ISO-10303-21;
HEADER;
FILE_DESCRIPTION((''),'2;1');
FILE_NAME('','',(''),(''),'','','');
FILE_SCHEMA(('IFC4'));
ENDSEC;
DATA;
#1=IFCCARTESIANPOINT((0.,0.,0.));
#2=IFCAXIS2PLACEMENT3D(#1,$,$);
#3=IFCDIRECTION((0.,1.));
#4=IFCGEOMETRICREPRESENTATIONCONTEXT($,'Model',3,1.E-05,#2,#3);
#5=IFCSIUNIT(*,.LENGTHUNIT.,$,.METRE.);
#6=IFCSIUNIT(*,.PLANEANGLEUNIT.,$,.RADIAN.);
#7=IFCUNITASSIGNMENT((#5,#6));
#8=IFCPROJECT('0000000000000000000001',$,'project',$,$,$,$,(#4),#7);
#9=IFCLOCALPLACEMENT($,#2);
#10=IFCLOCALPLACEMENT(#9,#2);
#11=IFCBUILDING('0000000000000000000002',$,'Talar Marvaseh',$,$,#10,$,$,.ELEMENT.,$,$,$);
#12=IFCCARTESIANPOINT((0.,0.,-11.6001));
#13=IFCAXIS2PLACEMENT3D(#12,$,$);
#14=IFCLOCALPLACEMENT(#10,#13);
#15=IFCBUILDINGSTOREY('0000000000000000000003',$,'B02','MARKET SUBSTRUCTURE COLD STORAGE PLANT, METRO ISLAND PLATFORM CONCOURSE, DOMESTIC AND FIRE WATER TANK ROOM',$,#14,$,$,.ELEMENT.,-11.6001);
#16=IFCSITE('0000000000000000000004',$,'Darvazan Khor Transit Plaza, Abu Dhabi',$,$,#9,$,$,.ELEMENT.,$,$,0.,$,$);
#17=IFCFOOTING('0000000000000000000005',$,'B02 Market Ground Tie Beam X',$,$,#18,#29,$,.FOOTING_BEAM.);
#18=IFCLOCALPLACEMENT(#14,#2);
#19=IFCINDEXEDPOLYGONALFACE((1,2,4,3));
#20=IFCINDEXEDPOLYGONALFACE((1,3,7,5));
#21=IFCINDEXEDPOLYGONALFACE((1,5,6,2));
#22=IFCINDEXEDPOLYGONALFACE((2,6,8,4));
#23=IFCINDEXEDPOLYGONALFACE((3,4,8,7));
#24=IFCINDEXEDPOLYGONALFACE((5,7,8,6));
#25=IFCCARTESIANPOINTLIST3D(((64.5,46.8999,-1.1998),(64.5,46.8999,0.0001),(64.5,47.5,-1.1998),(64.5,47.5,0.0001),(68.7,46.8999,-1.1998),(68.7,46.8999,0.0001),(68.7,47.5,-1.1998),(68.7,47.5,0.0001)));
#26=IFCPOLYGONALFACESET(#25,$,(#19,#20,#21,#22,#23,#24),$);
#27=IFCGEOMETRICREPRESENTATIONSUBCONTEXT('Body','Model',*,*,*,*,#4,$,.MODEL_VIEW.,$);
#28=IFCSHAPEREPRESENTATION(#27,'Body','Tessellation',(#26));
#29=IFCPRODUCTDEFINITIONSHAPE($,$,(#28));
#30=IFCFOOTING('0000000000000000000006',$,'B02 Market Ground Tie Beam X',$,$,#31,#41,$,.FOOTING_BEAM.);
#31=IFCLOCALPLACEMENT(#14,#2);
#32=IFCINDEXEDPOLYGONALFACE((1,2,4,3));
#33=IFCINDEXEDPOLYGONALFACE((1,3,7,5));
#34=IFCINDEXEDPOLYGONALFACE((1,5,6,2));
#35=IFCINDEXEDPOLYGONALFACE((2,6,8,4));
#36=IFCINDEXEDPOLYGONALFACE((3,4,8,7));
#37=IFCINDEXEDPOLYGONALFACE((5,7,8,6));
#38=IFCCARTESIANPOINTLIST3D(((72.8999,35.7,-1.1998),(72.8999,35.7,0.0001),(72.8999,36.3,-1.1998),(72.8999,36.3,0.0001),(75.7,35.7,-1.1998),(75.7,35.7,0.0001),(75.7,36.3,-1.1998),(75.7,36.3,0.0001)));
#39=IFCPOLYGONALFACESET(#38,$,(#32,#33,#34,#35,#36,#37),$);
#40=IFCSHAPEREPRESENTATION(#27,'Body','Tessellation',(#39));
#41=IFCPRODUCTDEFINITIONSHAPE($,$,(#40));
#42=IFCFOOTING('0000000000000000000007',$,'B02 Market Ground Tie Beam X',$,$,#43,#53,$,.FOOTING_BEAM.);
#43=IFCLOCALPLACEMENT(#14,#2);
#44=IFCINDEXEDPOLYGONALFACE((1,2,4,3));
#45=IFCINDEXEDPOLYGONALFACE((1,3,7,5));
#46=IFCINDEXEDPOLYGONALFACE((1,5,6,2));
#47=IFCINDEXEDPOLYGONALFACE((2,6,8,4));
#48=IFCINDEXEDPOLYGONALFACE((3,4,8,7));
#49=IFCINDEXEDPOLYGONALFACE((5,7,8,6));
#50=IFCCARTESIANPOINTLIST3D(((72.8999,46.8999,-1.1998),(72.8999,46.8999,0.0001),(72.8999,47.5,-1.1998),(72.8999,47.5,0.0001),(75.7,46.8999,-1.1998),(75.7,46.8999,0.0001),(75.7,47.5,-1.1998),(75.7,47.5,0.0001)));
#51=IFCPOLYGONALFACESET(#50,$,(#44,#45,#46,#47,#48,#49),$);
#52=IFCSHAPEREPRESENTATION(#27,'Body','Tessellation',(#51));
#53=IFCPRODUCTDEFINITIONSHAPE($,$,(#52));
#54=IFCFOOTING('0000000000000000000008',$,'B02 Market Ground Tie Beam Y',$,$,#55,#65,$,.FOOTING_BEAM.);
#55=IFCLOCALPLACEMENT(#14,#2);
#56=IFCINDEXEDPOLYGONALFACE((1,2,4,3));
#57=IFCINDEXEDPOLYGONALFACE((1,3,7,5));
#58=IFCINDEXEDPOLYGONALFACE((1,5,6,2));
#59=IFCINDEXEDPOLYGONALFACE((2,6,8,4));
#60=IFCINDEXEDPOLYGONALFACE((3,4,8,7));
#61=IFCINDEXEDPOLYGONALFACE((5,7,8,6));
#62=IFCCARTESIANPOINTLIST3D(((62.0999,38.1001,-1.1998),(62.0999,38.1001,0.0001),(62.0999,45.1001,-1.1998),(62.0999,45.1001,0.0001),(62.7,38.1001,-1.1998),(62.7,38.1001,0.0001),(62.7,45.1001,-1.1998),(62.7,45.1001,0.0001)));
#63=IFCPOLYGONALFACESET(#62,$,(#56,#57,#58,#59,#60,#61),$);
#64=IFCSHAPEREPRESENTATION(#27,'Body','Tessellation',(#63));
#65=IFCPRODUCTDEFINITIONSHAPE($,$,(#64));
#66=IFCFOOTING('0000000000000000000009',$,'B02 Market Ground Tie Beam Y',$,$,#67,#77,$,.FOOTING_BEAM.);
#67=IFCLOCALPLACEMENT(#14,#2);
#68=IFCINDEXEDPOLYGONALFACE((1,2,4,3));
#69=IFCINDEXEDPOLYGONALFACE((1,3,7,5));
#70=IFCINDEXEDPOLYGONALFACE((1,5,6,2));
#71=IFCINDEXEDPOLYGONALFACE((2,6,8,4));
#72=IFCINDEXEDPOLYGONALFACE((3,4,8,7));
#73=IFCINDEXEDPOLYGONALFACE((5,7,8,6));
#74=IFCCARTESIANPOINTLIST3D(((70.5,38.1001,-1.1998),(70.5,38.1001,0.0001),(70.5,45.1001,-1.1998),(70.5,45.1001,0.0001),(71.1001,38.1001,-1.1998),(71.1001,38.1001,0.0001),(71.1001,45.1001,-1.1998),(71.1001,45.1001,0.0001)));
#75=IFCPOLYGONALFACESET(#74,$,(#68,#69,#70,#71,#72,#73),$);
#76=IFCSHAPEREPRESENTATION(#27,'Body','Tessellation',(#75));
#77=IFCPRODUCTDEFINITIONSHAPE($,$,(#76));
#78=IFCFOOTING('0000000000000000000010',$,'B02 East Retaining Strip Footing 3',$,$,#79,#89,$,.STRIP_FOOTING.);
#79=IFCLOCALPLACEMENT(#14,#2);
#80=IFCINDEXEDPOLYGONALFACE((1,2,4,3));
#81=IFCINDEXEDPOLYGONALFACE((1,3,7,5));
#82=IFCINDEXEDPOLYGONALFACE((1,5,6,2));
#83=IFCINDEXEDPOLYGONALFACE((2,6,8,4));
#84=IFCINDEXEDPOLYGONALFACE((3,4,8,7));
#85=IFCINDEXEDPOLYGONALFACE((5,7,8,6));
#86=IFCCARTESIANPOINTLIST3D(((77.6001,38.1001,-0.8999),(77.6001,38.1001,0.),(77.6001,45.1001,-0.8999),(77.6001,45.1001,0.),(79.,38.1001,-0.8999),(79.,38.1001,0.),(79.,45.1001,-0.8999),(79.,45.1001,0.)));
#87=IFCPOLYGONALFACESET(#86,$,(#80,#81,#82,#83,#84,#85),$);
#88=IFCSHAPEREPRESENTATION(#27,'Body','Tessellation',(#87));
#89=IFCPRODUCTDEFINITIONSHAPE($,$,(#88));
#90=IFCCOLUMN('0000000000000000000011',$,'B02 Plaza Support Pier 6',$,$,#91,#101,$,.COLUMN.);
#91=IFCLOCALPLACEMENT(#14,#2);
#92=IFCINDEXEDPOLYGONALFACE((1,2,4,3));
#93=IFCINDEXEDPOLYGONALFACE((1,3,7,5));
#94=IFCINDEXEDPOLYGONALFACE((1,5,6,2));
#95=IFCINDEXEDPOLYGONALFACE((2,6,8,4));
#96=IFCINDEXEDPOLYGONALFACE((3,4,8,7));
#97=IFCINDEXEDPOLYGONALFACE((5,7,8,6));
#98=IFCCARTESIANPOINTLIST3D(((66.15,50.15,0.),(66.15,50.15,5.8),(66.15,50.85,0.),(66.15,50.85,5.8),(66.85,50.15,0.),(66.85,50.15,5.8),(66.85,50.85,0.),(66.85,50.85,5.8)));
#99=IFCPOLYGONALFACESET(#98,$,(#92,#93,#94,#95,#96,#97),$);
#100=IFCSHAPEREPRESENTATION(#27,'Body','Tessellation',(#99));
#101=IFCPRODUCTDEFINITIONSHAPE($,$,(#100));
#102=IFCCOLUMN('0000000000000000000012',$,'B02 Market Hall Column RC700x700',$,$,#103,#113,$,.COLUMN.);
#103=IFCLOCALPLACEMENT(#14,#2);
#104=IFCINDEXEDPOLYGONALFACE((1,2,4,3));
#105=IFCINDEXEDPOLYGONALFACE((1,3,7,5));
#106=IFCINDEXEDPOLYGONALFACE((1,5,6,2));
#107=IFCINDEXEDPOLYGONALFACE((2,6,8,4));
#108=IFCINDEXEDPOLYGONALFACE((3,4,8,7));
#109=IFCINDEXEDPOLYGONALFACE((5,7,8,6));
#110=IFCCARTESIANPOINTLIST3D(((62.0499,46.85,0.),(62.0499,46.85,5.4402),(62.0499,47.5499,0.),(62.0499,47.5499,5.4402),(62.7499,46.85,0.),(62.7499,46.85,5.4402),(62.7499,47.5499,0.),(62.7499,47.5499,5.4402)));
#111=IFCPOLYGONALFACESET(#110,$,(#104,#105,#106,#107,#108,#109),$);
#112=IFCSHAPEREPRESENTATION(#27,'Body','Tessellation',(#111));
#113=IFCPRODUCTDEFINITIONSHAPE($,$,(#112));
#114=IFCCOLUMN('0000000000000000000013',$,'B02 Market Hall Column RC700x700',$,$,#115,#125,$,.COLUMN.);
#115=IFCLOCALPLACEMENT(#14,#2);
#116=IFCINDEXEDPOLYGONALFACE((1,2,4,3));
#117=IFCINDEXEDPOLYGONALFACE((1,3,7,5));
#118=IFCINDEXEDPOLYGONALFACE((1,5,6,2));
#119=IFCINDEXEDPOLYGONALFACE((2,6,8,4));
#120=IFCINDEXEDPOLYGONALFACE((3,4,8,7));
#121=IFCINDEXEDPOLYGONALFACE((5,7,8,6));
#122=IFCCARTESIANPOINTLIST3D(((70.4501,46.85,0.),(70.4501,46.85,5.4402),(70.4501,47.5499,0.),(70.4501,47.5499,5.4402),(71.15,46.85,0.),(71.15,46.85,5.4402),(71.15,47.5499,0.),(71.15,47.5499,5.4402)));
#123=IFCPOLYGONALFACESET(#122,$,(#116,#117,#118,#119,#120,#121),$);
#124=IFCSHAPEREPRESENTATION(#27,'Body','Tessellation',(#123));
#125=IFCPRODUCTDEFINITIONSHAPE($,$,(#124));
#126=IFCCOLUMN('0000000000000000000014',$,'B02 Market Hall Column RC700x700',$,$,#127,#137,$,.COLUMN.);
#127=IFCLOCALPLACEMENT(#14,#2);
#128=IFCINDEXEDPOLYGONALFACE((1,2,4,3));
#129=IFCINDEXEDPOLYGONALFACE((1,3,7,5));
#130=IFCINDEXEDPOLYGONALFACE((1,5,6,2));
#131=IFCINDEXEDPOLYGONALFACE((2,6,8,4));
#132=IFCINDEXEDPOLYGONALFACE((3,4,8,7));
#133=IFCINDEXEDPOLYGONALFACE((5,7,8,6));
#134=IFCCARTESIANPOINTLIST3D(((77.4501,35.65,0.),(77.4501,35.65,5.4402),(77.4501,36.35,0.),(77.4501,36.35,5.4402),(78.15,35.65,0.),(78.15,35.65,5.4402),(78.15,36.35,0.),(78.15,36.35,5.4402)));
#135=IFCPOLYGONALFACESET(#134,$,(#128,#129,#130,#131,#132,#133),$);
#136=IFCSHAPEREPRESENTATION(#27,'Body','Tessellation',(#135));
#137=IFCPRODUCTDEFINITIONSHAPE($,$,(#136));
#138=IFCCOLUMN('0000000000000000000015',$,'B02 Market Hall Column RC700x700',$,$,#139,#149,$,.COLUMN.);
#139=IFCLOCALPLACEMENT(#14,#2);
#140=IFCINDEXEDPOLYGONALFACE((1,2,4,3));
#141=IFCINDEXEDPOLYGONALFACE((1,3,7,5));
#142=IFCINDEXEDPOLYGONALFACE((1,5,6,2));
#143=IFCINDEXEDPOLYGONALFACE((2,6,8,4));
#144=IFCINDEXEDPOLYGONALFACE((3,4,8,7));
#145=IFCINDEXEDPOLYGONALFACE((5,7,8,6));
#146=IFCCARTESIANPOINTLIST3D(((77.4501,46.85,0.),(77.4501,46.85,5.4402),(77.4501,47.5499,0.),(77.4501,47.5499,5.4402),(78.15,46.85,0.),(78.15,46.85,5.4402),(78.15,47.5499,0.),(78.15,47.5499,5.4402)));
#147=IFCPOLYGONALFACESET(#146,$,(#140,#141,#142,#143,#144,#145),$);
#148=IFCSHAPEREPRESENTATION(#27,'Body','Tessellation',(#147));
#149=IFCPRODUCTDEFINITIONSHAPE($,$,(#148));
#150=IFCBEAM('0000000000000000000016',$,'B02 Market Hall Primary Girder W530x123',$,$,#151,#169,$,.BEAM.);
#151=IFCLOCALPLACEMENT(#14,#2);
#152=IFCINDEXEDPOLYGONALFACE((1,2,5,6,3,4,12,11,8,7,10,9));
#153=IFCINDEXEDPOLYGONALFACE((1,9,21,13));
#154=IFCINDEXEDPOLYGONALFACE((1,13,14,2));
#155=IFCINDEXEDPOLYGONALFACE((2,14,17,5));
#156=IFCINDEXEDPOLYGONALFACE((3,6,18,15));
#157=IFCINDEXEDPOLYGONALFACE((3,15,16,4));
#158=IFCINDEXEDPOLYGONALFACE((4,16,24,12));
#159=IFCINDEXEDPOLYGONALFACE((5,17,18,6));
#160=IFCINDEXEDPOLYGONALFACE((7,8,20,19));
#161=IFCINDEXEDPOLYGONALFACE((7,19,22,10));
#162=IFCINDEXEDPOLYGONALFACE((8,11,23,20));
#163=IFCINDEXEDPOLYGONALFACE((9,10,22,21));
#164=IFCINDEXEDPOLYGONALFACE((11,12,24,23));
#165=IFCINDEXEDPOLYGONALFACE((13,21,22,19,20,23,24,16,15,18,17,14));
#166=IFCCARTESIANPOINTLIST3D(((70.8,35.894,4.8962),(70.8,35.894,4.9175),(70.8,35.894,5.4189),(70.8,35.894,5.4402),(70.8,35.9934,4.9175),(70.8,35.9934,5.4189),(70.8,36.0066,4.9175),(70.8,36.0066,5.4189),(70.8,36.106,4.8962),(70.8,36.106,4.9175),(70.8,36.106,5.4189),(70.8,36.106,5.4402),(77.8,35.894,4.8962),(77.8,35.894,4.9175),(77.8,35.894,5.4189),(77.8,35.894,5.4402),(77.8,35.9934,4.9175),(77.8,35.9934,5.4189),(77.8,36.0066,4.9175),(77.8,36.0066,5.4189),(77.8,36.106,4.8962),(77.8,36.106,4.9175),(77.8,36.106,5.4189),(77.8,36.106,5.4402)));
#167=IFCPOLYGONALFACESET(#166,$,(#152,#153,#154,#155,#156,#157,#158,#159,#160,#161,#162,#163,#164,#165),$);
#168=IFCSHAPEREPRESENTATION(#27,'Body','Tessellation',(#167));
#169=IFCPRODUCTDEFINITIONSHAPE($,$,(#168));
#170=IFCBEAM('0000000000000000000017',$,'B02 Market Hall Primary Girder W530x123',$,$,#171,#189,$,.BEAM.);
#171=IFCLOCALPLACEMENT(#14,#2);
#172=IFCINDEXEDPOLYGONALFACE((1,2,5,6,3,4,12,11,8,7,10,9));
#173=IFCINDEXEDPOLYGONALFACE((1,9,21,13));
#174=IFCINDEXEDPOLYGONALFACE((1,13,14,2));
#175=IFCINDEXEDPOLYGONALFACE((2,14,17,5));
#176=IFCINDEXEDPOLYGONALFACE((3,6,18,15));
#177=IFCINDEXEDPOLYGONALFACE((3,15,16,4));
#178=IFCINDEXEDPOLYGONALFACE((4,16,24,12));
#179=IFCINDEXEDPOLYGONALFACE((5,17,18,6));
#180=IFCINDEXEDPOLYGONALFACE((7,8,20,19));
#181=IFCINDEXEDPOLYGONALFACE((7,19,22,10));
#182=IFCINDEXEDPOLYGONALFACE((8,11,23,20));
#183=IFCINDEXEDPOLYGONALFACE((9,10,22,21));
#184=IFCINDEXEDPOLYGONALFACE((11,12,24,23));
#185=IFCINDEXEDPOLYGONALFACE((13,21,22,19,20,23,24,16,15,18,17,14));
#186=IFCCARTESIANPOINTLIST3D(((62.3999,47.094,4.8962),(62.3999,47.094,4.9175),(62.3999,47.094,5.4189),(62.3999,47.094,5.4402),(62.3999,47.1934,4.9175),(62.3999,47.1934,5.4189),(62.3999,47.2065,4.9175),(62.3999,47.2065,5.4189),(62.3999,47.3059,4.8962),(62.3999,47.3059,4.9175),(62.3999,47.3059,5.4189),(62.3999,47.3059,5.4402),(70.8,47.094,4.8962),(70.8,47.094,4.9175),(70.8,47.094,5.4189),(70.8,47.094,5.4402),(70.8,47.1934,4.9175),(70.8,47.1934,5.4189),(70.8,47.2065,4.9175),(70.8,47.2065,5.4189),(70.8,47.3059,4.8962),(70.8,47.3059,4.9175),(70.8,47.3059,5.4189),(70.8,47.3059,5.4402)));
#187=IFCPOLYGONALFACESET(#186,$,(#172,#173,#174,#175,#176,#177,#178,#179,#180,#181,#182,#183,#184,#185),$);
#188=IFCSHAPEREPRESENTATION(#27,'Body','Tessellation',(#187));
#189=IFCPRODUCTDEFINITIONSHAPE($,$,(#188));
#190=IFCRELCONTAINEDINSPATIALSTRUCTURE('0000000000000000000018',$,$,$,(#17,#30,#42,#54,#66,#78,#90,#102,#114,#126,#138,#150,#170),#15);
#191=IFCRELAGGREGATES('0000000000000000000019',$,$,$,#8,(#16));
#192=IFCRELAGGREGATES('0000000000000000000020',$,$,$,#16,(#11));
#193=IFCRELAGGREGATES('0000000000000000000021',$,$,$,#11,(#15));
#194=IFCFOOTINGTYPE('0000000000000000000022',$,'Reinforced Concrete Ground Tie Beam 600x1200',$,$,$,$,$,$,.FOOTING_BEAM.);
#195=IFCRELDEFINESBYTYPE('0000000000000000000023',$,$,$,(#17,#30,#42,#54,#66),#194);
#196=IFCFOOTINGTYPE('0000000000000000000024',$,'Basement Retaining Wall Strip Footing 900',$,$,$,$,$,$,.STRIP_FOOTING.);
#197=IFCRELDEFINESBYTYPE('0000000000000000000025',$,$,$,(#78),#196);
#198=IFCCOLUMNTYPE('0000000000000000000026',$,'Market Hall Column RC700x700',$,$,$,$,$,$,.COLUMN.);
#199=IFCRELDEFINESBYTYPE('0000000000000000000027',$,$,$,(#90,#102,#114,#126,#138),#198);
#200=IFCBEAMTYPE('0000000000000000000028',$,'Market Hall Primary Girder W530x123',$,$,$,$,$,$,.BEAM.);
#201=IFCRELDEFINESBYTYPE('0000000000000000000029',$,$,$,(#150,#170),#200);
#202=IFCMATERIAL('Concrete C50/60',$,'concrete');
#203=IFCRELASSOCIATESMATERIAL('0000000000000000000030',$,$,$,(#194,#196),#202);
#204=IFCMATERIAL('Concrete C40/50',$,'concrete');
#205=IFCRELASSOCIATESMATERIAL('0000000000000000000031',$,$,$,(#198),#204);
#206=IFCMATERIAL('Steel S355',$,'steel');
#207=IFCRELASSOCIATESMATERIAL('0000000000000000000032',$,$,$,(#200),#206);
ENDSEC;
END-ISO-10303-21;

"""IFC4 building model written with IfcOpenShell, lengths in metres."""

from ifc_helpers import new_model, si_unit, direction, frame, origin, origin_2d, place, context, subcontext, project, spatial, rectangle, i_section, extrude, source, transform, mapped, material, material_profile, profile_set, type_object, type_shapes, element, save


model = new_model("IFC4")

# Units and contexts
model_context = context("Model", 3, precision=1e-05, world=origin(), true_north=direction((0.0, 1.0)))
body_context = subcontext(model_context, "Body", "Model", "MODEL_VIEW")
ifc_project = project(units=[si_unit("LENGTHUNIT", "METRE"), si_unit("PLANEANGLEUNIT", "RADIAN")], contexts=[model_context])

# Site, building, storey
site_placement = place(None, origin())
site = spatial("IfcSite", under=ifc_project, at=site_placement, Name="Darvazan Khor Transit Plaza, Abu Dhabi", CompositionType="ELEMENT", RefElevation=0.0)
building_placement = place(site_placement, origin())
building = spatial("IfcBuilding", under=site, at=building_placement, Name="Talar Marvaseh", CompositionType="ELEMENT")
storey_placement = place(building_placement, frame((0.0, 0.0, -11.6001)))
storey = spatial("IfcBuildingStorey", under=building, at=storey_placement, Name="B02", Description="MARKET SUBSTRUCTURE COLD STORAGE PLANT, METRO ISLAND PLATFORM CONCOURSE, DOMESTIC AND FIRE WATER TANK ROOM", CompositionType="ELEMENT", Elevation=-11.6001)

# Shared definitions
ifc_material_1 = material(Name="Concrete C50/60", Category="concrete")

# Footings
ifc_material_profile_1 = material_profile(ifc_material_1, rectangle(XDim=0.6001, YDim=1.2, at=origin_2d()), Name="RC600x1200")
ifc_profile_set_1 = profile_set([ifc_material_profile_1], Name="Concrete C50/60")
footing_type_1 = type_object("IfcFootingType", Name="Reinforced Concrete Ground Tie Beam 600x1200", PredefinedType="FOOTING_BEAM", material=ifc_profile_set_1)
shared_shape_1 = source(origin(), body_context, "Body", "SweptSolid", [
    extrude(rectangle(XDim=0.6001, YDim=1.2, at=origin_2d()), origin(), (0.0, 0.0, 1.0), 4.2),
])
footing_1_placement = place(storey_placement, frame((64.5, 47.2, -0.5999), z_axis=(1.0, 0.0, 0.0), x_axis=(0.0, 1.0, 0.0)))
element("IfcFooting", 1, at=footing_1_placement, inside=storey, type_object=footing_type_1, Name="B02 Market Ground Tie Beam X", PredefinedType="FOOTING_BEAM", context=body_context, shape_type="MappedRepresentation", body=[
    mapped(shared_shape_1, transform((0.0, 0.0, 0.0), x_axis=(1.0, 0.0, 0.0), y_axis=(0.0, 1.0, 0.0), z_axis=(0.0, 0.0, 1.0), scale=1.0)),
])
shared_shape_2 = source(origin(), body_context, "Body", "SweptSolid", [
    extrude(rectangle(XDim=0.6001, YDim=1.2, at=origin_2d()), origin(), (0.0, 0.0, 1.0), 2.8),
])
for number, where, z_axis, x_axis, name in (
    (2, (72.8999, 36.0, -0.5999), (1.0, 0.0, 0.0), (0.0, 1.0, 0.0), "B02 Market Ground Tie Beam X"),
    (3, (72.8999, 47.2, -0.5999), (1.0, 0.0, 0.0), (0.0, 1.0, 0.0), "B02 Market Ground Tie Beam X"),
):
    element("IfcFooting", number, at=place(storey_placement, frame(where, z_axis=z_axis, x_axis=x_axis)), inside=storey, type_object=footing_type_1, Name=name, PredefinedType="FOOTING_BEAM", context=body_context, shape_type="MappedRepresentation", body=[
        mapped(shared_shape_2, transform((0.0, 0.0, 0.0), x_axis=(1.0, 0.0, 0.0), y_axis=(0.0, 1.0, 0.0), z_axis=(0.0, 0.0, 1.0), scale=1.0)),
    ])
shared_shape_3 = source(origin(), body_context, "Body", "SweptSolid", [
    extrude(rectangle(XDim=0.6001, YDim=1.2, at=origin_2d()), origin(), (0.0, 0.0, 1.0), 7.0),
])
type_shapes(footing_type_1, [shared_shape_1, shared_shape_2, shared_shape_3])
for number, where, z_axis, x_axis, name in (
    (4, (62.3999, 38.1001, -0.5999), (0.0, 1.0, 0.0), (-1.0, 0.0, 0.0), "B02 Market Ground Tie Beam Y"),
    (5, (70.8, 38.1001, -0.5999), (0.0, 1.0, 0.0), (-1.0, 0.0, 0.0), "B02 Market Ground Tie Beam Y"),
):
    element("IfcFooting", number, at=place(storey_placement, frame(where, z_axis=z_axis, x_axis=x_axis)), inside=storey, type_object=footing_type_1, Name=name, PredefinedType="FOOTING_BEAM", context=body_context, shape_type="MappedRepresentation", body=[
        mapped(shared_shape_3, transform((0.0, 0.0, 0.0), x_axis=(1.0, 0.0, 0.0), y_axis=(0.0, 1.0, 0.0), z_axis=(0.0, 0.0, 1.0), scale=1.0)),
    ])
footing_type_2 = type_object("IfcFootingType", Name="Basement Retaining Wall Strip Footing 900", PredefinedType="STRIP_FOOTING", material=ifc_material_1)
shared_shape_4 = source(origin(), body_context, "Body", "SweptSolid", [
    extrude(rectangle(XDim=7.0, YDim=1.3999, at=origin_2d()), origin(), (0.0, 0.0, 1.0), 0.8999),
])
type_shapes(footing_type_2, [shared_shape_4])
footing_2_placement = place(storey_placement, frame((78.3, 41.6001, -0.8999), z_axis=(0.0, 0.0, 1.0), x_axis=(0.0, 1.0, 0.0)))
element("IfcFooting", 6, at=footing_2_placement, inside=storey, type_object=footing_type_2, Name="B02 East Retaining Strip Footing 3", PredefinedType="STRIP_FOOTING", context=body_context, shape_type="MappedRepresentation", body=[
    mapped(shared_shape_4, transform((0.0, 0.0, 0.0), x_axis=(1.0, 0.0, 0.0), y_axis=(0.0, 1.0, 0.0), z_axis=(0.0, 0.0, 1.0), scale=1.0)),
])

# Columns
ifc_material_2 = material(Name="Concrete C40/50", Category="concrete")
ifc_material_profile_2 = material_profile(ifc_material_2, rectangle(XDim=0.7, YDim=0.7, at=origin_2d()), Name="RC700x700")
ifc_profile_set_2 = profile_set([ifc_material_profile_2], Name="Concrete C40/50")
column_type = type_object("IfcColumnType", Name="Market Hall Column RC700x700", PredefinedType="COLUMN", material=ifc_profile_set_2)
column_placement = place(storey_placement, frame((66.5, 50.5, 0.0), z_axis=(0.0, 0.0, 1.0), x_axis=(1.0, 0.0, 0.0)))
element("IfcColumn", 7, at=column_placement, inside=storey, type_object=column_type, Name="B02 Plaza Support Pier 6", PredefinedType="COLUMN", context=body_context, shape_type="SweptSolid", body=[
    extrude(rectangle(XDim=0.7, YDim=0.7, at=origin_2d()), origin(), (0.0, 0.0, 1.0), 5.8),
])
for number, where, z_axis, x_axis, name in (
    (8, (62.3999, 47.2, 0.0), (0.0, 0.0, 1.0), (1.0, 0.0, 0.0), "B02 Market Hall Column RC700x700"),
    (9, (70.8, 47.2, 0.0), (0.0, 0.0, 1.0), (1.0, 0.0, 0.0), "B02 Market Hall Column RC700x700"),
    (10, (77.8, 36.0, 0.0), (0.0, 0.0, 1.0), (1.0, 0.0, 0.0), "B02 Market Hall Column RC700x700"),
    (11, (77.8, 47.2, 0.0), (0.0, 0.0, 1.0), (1.0, 0.0, 0.0), "B02 Market Hall Column RC700x700"),
):
    element("IfcColumn", number, at=place(storey_placement, frame(where, z_axis=z_axis, x_axis=x_axis)), inside=storey, type_object=column_type, Name=name, PredefinedType="COLUMN", context=body_context, shape_type="SweptSolid", body=[
        extrude(rectangle(XDim=0.7, YDim=0.7, at=origin_2d()), origin(), (0.0, 0.0, 1.0), 5.4402),
    ])

# Beams
ifc_material_3 = material(Name="Steel S355", Category="steel")
ifc_material_profile_3 = material_profile(ifc_material_3, i_section(OverallWidth=0.2119, OverallDepth=0.5439, WebThickness=0.0132, FlangeThickness=0.0212, at=origin_2d()), Name="W530x123")
ifc_profile_set_3 = profile_set([ifc_material_profile_3], Name="Steel S355")
beam_type_1 = type_object("IfcBeamType", Name="Market Hall Primary Girder W530x123", PredefinedType="BEAM", material=ifc_profile_set_3)
beam_1_placement = place(storey_placement, frame((70.8, 36.0, 5.1682), z_axis=(1.0, 0.0, 0.0), x_axis=(0.0, 1.0, 0.0)))
element("IfcBeam", 12, at=beam_1_placement, inside=storey, type_object=beam_type_1, Name="B02 Market Hall Primary Girder W530x123", PredefinedType="BEAM", context=body_context, shape_type="SweptSolid", body=[
    extrude(i_section(OverallWidth=0.2119, OverallDepth=0.5439, WebThickness=0.0132, FlangeThickness=0.0212, at=origin_2d()), origin(), (0.0, 0.0, 1.0), 7.0),
])
beam_2_placement = place(storey_placement, frame((62.3999, 47.2, 5.1682), z_axis=(1.0, 0.0, 0.0), x_axis=(0.0, 1.0, 0.0)))
element("IfcBeam", 13, at=beam_2_placement, inside=storey, type_object=beam_type_1, Name="B02 Market Hall Primary Girder W530x123", PredefinedType="BEAM", context=body_context, shape_type="SweptSolid", body=[
    extrude(i_section(OverallWidth=0.2119, OverallDepth=0.5439, WebThickness=0.0132, FlangeThickness=0.0212, at=origin_2d()), origin(), (0.0, 0.0, 1.0), 8.4001),
])

save(model, "model.ifc")
